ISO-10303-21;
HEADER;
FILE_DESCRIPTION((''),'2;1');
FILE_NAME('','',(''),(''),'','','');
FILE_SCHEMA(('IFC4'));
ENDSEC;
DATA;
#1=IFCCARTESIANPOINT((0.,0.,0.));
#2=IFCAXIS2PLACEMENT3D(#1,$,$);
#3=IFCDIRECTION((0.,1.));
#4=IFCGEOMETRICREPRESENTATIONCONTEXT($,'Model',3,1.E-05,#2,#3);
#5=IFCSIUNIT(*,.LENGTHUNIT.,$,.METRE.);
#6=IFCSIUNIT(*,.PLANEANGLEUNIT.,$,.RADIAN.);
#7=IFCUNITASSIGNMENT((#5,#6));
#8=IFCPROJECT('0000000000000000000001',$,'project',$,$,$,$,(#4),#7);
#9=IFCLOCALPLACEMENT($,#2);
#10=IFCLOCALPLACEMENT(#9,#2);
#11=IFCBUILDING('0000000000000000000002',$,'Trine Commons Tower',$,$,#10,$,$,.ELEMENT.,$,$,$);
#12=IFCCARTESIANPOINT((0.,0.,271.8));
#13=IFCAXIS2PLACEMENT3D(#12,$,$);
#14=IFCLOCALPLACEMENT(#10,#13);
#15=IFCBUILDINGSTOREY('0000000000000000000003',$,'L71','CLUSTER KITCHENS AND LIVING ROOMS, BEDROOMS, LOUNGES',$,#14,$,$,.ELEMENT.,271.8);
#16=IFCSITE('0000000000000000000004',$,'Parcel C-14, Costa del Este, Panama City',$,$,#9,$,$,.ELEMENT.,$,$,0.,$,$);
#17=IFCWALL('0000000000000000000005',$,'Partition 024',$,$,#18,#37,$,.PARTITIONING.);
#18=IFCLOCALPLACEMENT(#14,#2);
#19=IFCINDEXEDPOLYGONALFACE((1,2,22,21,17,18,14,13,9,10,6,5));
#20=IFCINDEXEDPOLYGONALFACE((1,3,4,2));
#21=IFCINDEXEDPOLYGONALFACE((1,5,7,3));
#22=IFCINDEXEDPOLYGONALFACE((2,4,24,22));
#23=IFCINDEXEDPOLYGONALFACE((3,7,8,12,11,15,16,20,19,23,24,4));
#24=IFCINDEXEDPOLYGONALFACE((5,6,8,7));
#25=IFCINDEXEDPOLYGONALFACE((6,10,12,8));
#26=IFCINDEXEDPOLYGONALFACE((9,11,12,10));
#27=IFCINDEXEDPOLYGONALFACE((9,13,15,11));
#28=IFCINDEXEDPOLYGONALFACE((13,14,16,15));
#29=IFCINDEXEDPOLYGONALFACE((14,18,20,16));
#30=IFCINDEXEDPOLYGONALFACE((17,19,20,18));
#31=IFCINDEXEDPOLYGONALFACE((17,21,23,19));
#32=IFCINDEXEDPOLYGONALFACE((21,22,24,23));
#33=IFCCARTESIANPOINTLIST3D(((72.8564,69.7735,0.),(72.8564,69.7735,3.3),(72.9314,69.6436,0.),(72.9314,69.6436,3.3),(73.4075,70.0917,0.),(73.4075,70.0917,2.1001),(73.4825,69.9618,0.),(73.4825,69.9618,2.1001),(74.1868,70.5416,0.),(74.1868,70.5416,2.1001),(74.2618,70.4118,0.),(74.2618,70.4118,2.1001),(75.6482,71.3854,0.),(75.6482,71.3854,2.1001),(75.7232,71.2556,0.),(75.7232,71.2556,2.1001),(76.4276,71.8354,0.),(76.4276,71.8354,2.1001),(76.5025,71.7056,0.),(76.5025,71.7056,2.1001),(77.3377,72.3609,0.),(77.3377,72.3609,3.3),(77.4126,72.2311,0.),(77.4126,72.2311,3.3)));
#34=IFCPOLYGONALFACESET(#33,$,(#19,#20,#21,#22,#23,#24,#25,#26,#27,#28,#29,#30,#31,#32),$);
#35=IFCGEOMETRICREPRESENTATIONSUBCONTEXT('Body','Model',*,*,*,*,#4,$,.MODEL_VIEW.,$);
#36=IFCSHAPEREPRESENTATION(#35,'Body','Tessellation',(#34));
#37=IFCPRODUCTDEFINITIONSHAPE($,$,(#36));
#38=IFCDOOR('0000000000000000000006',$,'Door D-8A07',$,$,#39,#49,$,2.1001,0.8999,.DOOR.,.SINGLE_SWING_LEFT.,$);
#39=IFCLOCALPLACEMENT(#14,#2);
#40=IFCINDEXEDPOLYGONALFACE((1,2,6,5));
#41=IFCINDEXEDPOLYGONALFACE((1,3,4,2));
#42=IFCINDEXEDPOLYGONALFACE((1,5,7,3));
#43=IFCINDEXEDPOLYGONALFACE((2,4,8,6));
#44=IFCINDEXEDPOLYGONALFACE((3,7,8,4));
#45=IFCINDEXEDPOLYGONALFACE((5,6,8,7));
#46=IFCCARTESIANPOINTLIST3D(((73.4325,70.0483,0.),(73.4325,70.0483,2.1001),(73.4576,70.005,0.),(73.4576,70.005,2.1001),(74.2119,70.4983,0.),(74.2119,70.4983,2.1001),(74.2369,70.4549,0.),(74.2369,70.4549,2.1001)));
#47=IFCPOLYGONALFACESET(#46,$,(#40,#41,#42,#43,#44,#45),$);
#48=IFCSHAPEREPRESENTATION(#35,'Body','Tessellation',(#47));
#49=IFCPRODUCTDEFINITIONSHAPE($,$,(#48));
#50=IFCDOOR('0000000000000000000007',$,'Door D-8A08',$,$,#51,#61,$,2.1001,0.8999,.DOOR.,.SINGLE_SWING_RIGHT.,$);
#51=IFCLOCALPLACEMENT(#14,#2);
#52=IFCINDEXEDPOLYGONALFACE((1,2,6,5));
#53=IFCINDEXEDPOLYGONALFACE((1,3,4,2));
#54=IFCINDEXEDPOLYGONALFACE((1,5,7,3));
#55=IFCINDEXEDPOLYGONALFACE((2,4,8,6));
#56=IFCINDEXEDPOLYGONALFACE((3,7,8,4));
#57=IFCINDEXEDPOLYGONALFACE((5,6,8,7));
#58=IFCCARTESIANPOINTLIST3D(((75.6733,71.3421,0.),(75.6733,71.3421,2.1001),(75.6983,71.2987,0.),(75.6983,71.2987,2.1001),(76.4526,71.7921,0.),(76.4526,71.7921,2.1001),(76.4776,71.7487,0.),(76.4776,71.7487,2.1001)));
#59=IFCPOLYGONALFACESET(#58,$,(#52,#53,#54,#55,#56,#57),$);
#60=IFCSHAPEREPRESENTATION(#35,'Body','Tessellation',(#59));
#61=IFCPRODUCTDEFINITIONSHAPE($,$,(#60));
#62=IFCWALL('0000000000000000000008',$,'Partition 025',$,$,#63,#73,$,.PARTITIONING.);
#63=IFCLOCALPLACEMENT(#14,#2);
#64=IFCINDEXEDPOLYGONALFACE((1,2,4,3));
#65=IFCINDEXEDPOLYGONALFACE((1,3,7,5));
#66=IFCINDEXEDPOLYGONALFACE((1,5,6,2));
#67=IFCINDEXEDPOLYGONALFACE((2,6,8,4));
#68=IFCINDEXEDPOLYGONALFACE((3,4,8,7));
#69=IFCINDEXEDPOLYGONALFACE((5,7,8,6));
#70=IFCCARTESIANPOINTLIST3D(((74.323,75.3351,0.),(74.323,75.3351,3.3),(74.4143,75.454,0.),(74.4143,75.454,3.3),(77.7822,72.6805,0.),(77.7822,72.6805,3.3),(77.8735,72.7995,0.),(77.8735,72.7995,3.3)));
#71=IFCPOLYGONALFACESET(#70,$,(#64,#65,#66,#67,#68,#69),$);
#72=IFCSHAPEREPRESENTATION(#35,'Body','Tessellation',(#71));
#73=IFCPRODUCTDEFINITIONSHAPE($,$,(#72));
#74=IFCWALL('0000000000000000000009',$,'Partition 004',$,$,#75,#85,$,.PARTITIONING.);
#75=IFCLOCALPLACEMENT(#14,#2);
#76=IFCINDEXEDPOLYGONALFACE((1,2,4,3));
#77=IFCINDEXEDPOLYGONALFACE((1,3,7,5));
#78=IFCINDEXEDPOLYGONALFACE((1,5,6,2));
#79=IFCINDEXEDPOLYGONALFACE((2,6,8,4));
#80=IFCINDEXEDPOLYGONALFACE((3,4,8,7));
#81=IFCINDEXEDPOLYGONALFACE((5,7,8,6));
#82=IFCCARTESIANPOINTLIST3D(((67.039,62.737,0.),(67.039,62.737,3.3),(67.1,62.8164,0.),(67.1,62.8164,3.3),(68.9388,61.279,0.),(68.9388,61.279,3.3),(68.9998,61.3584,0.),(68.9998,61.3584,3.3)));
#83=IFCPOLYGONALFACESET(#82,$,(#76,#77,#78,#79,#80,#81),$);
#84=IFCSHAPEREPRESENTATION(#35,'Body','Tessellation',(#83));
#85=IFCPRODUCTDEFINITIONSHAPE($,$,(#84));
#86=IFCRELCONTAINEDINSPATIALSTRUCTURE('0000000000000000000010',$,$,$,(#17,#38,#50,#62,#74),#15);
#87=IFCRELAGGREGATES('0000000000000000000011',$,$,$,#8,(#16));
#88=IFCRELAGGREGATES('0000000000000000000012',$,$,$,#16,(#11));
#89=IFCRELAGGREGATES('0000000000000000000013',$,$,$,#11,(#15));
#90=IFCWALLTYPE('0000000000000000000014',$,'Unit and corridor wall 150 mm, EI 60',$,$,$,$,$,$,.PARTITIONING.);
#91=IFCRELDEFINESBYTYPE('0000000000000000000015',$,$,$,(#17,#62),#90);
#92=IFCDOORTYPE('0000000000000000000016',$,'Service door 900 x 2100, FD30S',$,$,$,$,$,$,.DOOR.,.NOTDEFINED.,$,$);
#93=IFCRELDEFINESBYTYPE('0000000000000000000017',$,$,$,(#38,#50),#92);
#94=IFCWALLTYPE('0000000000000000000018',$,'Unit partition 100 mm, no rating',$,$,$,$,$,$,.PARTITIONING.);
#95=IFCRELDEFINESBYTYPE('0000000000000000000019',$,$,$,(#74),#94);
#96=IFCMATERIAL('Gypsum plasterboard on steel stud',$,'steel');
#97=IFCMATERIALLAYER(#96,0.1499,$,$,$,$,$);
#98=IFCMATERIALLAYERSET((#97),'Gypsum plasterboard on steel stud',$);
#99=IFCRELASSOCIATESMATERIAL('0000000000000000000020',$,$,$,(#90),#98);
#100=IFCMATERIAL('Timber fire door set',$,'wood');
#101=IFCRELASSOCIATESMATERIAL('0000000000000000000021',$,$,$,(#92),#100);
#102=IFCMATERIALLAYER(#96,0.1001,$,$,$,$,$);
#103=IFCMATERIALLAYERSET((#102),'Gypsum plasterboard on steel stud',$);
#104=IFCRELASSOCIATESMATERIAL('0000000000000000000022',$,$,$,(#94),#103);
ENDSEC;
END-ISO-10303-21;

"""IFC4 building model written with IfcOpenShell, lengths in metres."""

from ifc_helpers import new_model, si_unit, direction, frame, frame_2d, origin, place, context, subcontext, project, spatial, rectangle, extrude, material, layer, layer_set, type_object, element, fill, save


model = new_model("IFC4")

# Units and contexts
model_context = context("Model", 3, precision=1e-05, world=origin(), true_north=direction((0.0, 1.0)))
body_context = subcontext(model_context, "Body", "Model", "MODEL_VIEW")
ifc_project = project(units=[si_unit("LENGTHUNIT", "METRE"), si_unit("PLANEANGLEUNIT", "RADIAN")], contexts=[model_context])

# Site, building, storey
site_placement = place(None, origin())
site = spatial("IfcSite", under=ifc_project, at=site_placement, Name="Parcel C-14, Costa del Este, Panama City", CompositionType="ELEMENT", RefElevation=0.0)
building_placement = place(site_placement, origin())
building = spatial("IfcBuilding", under=site, at=building_placement, Name="Trine Commons Tower", CompositionType="ELEMENT")
storey_placement = place(building_placement, frame((0.0, 0.0, 271.8)))
storey = spatial("IfcBuildingStorey", under=building, at=storey_placement, Name="L71", Description="CLUSTER KITCHENS AND LIVING ROOMS, BEDROOMS, LOUNGES", CompositionType="ELEMENT", Elevation=271.8)

# Shared definitions
ifc_material_1 = material(Name="Gypsum plasterboard on steel stud", Category="steel")
ifc_layer_1 = layer(ifc_material_1, 0.1499)
ifc_layer_set_1 = layer_set([ifc_layer_1], Name="Gypsum plasterboard on steel stud")
wall_type_1 = type_object("IfcWallType", Name="Unit and corridor wall 150 mm, EI 60", PredefinedType="PARTITIONING", material=ifc_layer_set_1)
ifc_material_2 = material(Name="Timber fire door set", Category="wood")

# Shared definitions
door_type_1 = type_object("IfcDoorType", Name="Service door 900 x 2100, FD30S", OperationType="NOTDEFINED", PredefinedType="DOOR", material=ifc_material_2)

# Wall, openings, doors
wall_1_placement = place(storey_placement, frame((72.8938, 69.7085, 0.0), z_axis=(0.0, 0.0, 1.0), x_axis=(0.86601, 0.500026, 0.0)))
wall_1 = element("IfcWall", 1, at=wall_1_placement, inside=storey, type_object=wall_type_1, Name="Partition 024", PredefinedType="PARTITIONING", context=body_context, shape_type="SweptSolid", body=[
    extrude(rectangle(XDim=5.1746, YDim=0.1499, at=frame_2d((2.5874, 0.0))), origin(), (0.0, 0.0, 1.0), 3.3),
])
opening_1_placement = place(wall_1_placement, frame((0.6365, 0.0, 0.0)))
opening_1 = element("IfcOpeningElement", 2, at=opening_1_placement, cuts=wall_1, PredefinedType="OPENING", context=body_context, shape_type="SweptSolid", body=[
    extrude(rectangle(XDim=0.8999, YDim=2.1001, at=frame_2d((0.45, 1.05))), frame((0.0, 0.085, 0.0), z_axis=(0.0, -1.0, 0.0), x_axis=(1.0, 0.0, 0.0)), (0.0, 0.0, 1.0), 0.1699),
])
opening_2_placement = place(wall_1_placement, frame((3.2239, 0.0, 0.0)))
opening_2 = element("IfcOpeningElement", 3, at=opening_2_placement, cuts=wall_1, PredefinedType="OPENING", context=body_context, shape_type="SweptSolid", body=[
    extrude(rectangle(XDim=0.8999, YDim=2.1001, at=frame_2d((0.45, 1.05))), frame((0.0, 0.085, 0.0), z_axis=(0.0, -1.0, 0.0), x_axis=(1.0, 0.0, 0.0)), (0.0, 0.0, 1.0), 0.1699),
])
door_1_placement = place(opening_1_placement, origin())
door_1 = element("IfcDoor", 4, at=door_1_placement, inside=storey, type_object=door_type_1, Name="Door D-8A07", OperationType="SINGLE_SWING_LEFT", OverallHeight=2.1001, OverallWidth=0.8999, PredefinedType="DOOR", context=body_context, shape_type="SweptSolid", body=[
    extrude(rectangle(XDim=0.8999, YDim=2.1001, at=frame_2d((0.45, 1.05))), frame((0.0, 0.0249, 0.0), z_axis=(0.0, -1.0, 0.0), x_axis=(1.0, 0.0, 0.0)), (0.0, 0.0, 1.0), 0.05),
])
fill(opening_1, door_1)
door_2_placement = place(opening_2_placement, origin())
door_2 = element("IfcDoor", 5, at=door_2_placement, inside=storey, type_object=door_type_1, Name="Door D-8A08", OperationType="SINGLE_SWING_RIGHT", OverallHeight=2.1001, OverallWidth=0.8999, PredefinedType="DOOR", context=body_context, shape_type="SweptSolid", body=[
    extrude(rectangle(XDim=0.8999, YDim=2.1001, at=frame_2d((0.45, 1.05))), frame((0.0, 0.0249, 0.0), z_axis=(0.0, -1.0, 0.0), x_axis=(1.0, 0.0, 0.0)), (0.0, 0.0, 1.0), 0.05),
])
fill(opening_2, door_2)

# Walls
wall_2_placement = place(storey_placement, frame((74.3687, 75.3945, 0.0), z_axis=(0.0, 0.0, 1.0), x_axis=(0.793333, -0.608788, 0.0)))
element("IfcWall", 6, at=wall_2_placement, inside=storey, type_object=wall_type_1, Name="Partition 025", PredefinedType="PARTITIONING", context=body_context, shape_type="SweptSolid", body=[
    extrude(rectangle(XDim=4.3604, YDim=0.1499, at=frame_2d((2.1802, 0.0))), origin(), (0.0, 0.0, 1.0), 3.3),
])
ifc_layer_2 = layer(ifc_material_1, 0.1001)
ifc_layer_set_2 = layer_set([ifc_layer_2], Name="Gypsum plasterboard on steel stud")
wall_type_2 = type_object("IfcWallType", Name="Unit partition 100 mm, no rating", PredefinedType="PARTITIONING", material=ifc_layer_set_2)
wall_3_placement = place(storey_placement, frame((67.0696, 62.7766, 0.0), z_axis=(0.0, 0.0, 1.0), x_axis=(0.793321, -0.608804, 0.0)))
element("IfcWall", 7, at=wall_3_placement, inside=storey, type_object=wall_type_2, Name="Partition 004", PredefinedType="PARTITIONING", context=body_context, shape_type="SweptSolid", body=[
    extrude(rectangle(XDim=2.3948, YDim=0.1001, at=frame_2d((1.1973, 0.0))), origin(), (0.0, 0.0, 1.0), 3.3),
])

save(model, "model.ifc")
